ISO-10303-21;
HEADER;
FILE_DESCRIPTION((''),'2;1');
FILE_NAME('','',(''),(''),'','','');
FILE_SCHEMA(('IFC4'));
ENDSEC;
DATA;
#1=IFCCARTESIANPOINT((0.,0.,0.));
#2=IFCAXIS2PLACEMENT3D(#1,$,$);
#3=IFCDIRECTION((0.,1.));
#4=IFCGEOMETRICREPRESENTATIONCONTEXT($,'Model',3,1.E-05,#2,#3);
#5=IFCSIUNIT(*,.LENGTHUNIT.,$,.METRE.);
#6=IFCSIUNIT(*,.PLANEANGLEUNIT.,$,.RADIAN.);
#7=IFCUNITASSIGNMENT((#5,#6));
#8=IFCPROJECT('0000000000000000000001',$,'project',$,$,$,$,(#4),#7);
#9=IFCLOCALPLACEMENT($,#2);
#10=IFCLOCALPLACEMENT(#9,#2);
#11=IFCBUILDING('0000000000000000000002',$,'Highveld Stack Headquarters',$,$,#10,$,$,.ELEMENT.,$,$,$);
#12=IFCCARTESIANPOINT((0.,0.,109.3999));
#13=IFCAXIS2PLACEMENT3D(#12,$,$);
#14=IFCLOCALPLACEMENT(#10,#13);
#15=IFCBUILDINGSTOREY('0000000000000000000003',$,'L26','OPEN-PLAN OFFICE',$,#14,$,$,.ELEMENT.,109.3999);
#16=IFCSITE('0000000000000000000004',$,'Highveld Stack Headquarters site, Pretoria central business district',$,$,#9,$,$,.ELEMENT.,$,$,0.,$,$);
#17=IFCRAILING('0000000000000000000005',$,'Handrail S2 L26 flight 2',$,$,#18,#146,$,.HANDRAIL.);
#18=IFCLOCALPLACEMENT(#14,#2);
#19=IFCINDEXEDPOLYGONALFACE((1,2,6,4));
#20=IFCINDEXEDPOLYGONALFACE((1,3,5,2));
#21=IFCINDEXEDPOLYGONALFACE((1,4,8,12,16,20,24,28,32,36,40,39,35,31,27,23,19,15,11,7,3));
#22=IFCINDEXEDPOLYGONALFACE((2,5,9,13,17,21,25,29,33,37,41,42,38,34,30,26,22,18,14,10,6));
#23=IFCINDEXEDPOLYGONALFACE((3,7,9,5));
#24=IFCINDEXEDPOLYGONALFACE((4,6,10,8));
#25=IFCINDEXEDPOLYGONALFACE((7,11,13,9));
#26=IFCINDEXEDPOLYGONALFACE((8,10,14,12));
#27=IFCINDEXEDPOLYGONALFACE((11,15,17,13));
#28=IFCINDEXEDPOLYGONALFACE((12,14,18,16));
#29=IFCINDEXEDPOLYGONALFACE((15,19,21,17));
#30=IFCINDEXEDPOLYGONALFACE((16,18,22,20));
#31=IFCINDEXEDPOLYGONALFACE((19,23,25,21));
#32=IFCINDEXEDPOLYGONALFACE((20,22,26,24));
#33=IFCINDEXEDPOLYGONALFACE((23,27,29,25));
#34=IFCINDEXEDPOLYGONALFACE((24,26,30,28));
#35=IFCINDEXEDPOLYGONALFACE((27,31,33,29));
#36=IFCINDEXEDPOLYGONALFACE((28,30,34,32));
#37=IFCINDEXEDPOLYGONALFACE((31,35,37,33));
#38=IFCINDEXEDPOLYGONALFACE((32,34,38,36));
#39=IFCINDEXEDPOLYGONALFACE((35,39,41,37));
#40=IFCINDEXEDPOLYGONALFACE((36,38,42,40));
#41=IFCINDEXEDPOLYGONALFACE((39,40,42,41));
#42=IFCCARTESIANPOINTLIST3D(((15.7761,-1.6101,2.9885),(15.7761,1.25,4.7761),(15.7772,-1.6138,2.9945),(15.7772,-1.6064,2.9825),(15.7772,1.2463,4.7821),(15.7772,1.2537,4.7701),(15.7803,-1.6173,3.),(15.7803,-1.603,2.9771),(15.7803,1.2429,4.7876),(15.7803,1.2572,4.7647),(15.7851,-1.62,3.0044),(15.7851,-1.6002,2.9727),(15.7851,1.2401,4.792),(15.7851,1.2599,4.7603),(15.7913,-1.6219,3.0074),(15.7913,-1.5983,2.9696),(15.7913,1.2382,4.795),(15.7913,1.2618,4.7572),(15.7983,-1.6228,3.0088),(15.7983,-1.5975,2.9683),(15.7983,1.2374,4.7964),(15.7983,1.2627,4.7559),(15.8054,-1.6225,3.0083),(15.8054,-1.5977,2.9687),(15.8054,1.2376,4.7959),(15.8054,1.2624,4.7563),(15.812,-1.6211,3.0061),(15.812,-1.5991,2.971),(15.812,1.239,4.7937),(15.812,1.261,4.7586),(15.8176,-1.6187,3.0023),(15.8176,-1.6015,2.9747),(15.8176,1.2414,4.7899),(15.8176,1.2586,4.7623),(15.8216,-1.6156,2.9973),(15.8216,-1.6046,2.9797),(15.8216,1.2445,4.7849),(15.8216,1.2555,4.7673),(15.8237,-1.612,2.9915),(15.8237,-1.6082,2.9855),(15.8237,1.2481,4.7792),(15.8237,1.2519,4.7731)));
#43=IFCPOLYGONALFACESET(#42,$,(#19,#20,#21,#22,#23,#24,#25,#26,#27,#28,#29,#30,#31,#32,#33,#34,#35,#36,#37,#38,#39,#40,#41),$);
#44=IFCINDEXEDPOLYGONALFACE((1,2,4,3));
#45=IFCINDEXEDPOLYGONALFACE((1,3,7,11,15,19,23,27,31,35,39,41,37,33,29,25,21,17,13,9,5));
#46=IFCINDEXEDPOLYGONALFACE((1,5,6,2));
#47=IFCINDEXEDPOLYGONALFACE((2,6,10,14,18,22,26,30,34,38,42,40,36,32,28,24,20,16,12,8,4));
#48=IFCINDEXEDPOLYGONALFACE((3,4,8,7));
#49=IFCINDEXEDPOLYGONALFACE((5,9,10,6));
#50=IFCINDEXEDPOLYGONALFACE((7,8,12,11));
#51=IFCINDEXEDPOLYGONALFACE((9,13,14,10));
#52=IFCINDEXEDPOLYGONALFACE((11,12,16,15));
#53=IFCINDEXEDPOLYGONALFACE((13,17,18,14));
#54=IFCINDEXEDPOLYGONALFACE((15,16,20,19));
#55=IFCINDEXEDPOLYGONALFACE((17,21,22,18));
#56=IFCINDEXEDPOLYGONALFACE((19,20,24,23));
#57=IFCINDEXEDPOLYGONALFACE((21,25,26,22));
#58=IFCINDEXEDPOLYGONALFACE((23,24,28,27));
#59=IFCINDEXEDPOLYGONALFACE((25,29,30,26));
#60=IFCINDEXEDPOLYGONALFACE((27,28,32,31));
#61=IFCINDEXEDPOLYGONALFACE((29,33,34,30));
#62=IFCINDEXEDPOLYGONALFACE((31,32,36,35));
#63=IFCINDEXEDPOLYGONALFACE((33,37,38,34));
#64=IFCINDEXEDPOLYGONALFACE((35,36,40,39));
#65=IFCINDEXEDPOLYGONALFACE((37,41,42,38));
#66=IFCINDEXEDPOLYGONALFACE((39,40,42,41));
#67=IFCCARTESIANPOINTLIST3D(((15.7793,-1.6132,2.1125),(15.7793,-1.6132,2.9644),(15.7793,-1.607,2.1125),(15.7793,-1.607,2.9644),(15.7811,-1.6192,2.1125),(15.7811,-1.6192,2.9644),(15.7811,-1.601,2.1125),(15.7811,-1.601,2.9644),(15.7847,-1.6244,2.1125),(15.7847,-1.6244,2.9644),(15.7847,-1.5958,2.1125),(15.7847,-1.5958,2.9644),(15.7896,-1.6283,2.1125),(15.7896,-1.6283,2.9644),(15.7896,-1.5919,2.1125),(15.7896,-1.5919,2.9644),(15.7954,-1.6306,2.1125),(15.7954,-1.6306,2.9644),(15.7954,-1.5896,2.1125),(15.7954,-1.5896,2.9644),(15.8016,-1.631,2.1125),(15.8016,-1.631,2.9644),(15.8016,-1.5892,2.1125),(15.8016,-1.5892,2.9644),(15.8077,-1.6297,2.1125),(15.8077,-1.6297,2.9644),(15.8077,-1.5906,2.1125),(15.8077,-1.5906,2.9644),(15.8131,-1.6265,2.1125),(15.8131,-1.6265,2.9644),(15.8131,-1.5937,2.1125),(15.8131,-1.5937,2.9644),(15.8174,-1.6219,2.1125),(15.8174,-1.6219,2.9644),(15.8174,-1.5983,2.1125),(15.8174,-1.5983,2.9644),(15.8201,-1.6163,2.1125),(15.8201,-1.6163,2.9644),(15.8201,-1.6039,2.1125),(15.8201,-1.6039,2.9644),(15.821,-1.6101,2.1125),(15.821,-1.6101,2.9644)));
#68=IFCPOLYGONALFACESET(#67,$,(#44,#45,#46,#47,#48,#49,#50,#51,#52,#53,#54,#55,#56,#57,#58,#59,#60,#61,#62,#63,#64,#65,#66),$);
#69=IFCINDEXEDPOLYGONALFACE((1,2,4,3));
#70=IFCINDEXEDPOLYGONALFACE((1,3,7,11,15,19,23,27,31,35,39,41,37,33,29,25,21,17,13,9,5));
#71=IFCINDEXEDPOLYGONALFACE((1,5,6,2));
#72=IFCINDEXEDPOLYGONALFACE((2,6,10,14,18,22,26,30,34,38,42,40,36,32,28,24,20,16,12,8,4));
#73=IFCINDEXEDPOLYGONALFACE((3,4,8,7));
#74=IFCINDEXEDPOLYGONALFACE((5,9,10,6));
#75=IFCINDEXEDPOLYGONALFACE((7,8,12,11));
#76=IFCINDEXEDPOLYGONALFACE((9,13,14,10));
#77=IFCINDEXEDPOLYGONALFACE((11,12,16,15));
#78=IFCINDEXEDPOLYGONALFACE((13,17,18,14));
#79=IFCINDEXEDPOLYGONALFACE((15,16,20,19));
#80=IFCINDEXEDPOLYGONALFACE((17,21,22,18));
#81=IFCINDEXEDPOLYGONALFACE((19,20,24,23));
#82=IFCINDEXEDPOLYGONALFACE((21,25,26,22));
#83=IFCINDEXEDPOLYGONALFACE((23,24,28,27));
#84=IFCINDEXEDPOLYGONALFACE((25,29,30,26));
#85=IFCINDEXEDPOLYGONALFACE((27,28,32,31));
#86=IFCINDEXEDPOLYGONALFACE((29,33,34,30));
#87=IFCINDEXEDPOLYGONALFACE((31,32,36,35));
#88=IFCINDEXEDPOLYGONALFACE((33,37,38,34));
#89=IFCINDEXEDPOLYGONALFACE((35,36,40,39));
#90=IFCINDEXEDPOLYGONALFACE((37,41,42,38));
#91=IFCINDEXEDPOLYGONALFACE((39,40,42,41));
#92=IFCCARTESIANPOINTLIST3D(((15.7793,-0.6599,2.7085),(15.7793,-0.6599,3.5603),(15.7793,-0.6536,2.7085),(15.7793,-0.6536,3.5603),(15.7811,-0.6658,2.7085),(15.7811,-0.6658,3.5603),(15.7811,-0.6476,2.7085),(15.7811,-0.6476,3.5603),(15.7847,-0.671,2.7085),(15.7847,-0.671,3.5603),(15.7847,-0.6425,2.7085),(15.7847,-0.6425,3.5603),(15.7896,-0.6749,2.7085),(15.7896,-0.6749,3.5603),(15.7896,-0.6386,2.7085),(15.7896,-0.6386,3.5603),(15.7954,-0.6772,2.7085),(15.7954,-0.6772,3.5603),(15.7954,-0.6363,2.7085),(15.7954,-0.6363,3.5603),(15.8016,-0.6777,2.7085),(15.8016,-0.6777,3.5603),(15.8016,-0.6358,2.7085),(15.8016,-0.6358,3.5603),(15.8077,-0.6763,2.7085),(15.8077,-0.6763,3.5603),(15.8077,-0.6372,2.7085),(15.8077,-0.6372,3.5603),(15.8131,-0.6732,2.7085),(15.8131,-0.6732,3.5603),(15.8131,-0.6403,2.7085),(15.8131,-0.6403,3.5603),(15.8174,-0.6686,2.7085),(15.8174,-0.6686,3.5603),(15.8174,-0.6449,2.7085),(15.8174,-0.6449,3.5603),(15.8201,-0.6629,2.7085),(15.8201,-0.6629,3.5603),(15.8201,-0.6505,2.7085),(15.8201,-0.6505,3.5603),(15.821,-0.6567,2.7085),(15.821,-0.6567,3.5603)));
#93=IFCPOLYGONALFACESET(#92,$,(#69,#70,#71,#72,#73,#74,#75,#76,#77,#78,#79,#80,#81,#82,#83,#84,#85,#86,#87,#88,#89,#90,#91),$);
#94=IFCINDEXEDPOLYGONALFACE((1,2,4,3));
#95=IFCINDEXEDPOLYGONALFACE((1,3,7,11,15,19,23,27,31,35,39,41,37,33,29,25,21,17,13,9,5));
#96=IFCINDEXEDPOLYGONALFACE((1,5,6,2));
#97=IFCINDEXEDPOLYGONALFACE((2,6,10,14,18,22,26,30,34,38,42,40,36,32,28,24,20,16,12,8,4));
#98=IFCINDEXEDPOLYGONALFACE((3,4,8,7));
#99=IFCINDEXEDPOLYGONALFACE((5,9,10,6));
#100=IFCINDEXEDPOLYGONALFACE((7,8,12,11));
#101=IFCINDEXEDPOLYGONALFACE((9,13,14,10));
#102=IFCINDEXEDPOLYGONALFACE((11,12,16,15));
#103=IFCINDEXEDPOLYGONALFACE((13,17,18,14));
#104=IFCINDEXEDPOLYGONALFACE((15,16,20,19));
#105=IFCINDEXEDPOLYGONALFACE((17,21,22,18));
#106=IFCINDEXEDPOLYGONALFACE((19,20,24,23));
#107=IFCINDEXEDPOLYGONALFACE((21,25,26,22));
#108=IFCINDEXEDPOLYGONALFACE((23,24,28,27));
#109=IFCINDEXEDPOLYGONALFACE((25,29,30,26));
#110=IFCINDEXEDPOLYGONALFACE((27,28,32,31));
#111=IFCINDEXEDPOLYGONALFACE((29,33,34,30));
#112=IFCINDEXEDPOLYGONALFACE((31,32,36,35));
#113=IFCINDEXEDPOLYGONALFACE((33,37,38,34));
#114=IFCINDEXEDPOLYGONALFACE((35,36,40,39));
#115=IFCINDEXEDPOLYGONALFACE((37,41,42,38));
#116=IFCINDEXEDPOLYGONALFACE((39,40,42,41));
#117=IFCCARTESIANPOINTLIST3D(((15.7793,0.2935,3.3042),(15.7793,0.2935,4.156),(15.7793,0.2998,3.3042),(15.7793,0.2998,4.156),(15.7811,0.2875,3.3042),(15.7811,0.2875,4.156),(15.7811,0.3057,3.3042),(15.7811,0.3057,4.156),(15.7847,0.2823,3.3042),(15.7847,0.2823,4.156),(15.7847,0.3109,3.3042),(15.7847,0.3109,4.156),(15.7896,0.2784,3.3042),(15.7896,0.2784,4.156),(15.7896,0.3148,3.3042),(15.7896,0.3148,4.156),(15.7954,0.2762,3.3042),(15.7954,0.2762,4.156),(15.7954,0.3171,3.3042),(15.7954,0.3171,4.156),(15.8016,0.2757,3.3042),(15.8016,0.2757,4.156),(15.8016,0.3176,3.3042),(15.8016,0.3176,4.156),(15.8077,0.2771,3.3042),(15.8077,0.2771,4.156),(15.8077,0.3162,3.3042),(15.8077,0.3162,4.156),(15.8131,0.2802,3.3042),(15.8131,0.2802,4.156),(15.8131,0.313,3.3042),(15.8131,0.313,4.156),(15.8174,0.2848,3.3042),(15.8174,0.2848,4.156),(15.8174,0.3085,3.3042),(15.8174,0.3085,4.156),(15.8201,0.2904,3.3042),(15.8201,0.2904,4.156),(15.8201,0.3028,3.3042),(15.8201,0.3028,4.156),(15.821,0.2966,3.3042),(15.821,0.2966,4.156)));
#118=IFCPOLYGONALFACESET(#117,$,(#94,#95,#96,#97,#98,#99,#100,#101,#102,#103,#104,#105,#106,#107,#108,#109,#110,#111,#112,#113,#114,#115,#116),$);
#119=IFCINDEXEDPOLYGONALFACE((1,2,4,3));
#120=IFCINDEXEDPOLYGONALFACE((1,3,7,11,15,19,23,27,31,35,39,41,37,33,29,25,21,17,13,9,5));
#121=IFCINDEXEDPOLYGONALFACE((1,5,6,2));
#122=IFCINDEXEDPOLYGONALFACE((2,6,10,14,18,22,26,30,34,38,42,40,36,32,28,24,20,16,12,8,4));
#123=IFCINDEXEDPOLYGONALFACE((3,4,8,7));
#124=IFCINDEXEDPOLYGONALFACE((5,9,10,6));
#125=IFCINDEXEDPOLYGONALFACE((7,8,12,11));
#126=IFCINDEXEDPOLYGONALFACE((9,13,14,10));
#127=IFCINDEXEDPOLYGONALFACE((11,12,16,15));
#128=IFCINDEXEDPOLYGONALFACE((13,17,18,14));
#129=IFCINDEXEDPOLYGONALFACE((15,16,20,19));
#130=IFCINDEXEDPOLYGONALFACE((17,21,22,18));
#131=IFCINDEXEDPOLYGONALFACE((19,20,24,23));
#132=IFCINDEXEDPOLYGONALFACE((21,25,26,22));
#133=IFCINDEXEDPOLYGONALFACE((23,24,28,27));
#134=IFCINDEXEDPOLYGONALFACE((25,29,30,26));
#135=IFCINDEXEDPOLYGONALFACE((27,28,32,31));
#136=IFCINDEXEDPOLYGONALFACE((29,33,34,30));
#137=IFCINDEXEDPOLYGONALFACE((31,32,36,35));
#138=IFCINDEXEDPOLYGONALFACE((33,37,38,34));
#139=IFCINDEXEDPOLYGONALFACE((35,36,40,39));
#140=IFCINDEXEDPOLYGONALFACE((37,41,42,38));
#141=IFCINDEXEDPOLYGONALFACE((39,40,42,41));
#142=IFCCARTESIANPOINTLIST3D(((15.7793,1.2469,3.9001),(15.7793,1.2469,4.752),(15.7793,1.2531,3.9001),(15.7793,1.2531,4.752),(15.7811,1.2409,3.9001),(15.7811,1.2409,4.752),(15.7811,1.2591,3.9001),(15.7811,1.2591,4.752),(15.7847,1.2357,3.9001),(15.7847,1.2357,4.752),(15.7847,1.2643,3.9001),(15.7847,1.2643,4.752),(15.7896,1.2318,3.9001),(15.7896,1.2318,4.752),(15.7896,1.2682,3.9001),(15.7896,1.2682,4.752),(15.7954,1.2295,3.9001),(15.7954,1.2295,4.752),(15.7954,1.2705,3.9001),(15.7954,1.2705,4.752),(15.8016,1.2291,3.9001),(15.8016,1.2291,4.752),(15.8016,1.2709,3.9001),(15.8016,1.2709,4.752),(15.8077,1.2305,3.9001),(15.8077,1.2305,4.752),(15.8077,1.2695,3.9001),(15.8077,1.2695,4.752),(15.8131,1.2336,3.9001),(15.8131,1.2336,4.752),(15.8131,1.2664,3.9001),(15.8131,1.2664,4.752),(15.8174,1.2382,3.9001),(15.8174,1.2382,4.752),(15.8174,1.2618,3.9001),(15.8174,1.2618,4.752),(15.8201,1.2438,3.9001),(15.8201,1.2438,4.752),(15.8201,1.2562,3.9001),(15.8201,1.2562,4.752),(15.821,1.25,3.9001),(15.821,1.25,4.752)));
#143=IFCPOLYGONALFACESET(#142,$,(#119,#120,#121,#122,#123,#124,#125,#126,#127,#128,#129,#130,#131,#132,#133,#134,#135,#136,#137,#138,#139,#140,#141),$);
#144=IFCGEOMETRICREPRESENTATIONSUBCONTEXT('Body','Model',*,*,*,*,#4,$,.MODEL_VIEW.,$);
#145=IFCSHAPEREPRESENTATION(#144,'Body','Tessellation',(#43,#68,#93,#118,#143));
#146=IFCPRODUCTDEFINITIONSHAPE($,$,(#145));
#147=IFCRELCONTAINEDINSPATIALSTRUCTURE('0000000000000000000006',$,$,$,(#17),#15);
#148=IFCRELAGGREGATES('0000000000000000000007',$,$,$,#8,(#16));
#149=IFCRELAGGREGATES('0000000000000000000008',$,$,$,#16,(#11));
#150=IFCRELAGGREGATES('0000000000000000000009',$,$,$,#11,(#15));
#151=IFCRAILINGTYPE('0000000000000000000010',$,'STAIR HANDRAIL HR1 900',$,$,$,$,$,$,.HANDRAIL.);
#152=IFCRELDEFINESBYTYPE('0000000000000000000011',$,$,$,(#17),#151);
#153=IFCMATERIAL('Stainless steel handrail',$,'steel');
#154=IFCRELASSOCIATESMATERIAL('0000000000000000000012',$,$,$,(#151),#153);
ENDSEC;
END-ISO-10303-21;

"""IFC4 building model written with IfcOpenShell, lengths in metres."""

from ifc_helpers import new_model, si_unit, direction, frame, origin, origin_2d, place, context, subcontext, project, spatial, circle, extrude, material, type_object, element, save


model = new_model("IFC4")

# Units and contexts
model_context = context("Model", 3, precision=1e-05, world=origin(), true_north=direction((0.0, 1.0)))
body_context = subcontext(model_context, "Body", "Model", "MODEL_VIEW")
ifc_project = project(units=[si_unit("LENGTHUNIT", "METRE"), si_unit("PLANEANGLEUNIT", "RADIAN")], contexts=[model_context])

# Site, building, storey
site_placement = place(None, origin())
site = spatial("IfcSite", under=ifc_project, at=site_placement, Name="Highveld Stack Headquarters site, Pretoria central business district", CompositionType="ELEMENT", RefElevation=0.0)
building_placement = place(site_placement, origin())
building = spatial("IfcBuilding", under=site, at=building_placement, Name="Highveld Stack Headquarters", CompositionType="ELEMENT")
storey_placement = place(building_placement, frame((0.0, 0.0, 109.3999)))
storey = spatial("IfcBuildingStorey", under=building, at=storey_placement, Name="L26", Description="OPEN-PLAN OFFICE", CompositionType="ELEMENT", Elevation=109.3999)

# Railing
ifc_material_1 = material(Name="Stainless steel handrail", Category="steel")
railing_type = type_object("IfcRailingType", Name="STAIR HANDRAIL HR1 900", PredefinedType="HANDRAIL", material=ifc_material_1)
for number, where, name in (
    (1, (15.8, -1.6101, 2.1125), "Handrail S2 L26 flight 2"),
):
    element("IfcRailing", number, at=place(storey_placement, frame(where)), inside=storey, type_object=railing_type, Name=name, PredefinedType="HANDRAIL", context=body_context, shape_type="SweptSolid", body=[
        extrude(circle(Radius=0.0239, at=origin_2d()), frame((0.0, 0.0, 0.876), z_axis=(0.0, 0.847994, 0.530005), x_axis=(-1.0, 0.0, 0.0)), (0.0, 0.0, 1.0), 3.3728),
        extrude(circle(Radius=0.021, at=origin_2d()), origin(), (0.0, 0.0, 1.0), 0.8518),
        extrude(circle(Radius=0.021, at=origin_2d()), frame((0.0, 0.9534, 0.5959)), (0.0, 0.0, 1.0), 0.8518),
        extrude(circle(Radius=0.021, at=origin_2d()), frame((0.0, 1.9067, 1.1917)), (0.0, 0.0, 1.0), 0.8518),
        extrude(circle(Radius=0.021, at=origin_2d()), frame((0.0, 2.8601, 1.7876)), (0.0, 0.0, 1.0), 0.8518),
    ])

save(model, "model.ifc")
